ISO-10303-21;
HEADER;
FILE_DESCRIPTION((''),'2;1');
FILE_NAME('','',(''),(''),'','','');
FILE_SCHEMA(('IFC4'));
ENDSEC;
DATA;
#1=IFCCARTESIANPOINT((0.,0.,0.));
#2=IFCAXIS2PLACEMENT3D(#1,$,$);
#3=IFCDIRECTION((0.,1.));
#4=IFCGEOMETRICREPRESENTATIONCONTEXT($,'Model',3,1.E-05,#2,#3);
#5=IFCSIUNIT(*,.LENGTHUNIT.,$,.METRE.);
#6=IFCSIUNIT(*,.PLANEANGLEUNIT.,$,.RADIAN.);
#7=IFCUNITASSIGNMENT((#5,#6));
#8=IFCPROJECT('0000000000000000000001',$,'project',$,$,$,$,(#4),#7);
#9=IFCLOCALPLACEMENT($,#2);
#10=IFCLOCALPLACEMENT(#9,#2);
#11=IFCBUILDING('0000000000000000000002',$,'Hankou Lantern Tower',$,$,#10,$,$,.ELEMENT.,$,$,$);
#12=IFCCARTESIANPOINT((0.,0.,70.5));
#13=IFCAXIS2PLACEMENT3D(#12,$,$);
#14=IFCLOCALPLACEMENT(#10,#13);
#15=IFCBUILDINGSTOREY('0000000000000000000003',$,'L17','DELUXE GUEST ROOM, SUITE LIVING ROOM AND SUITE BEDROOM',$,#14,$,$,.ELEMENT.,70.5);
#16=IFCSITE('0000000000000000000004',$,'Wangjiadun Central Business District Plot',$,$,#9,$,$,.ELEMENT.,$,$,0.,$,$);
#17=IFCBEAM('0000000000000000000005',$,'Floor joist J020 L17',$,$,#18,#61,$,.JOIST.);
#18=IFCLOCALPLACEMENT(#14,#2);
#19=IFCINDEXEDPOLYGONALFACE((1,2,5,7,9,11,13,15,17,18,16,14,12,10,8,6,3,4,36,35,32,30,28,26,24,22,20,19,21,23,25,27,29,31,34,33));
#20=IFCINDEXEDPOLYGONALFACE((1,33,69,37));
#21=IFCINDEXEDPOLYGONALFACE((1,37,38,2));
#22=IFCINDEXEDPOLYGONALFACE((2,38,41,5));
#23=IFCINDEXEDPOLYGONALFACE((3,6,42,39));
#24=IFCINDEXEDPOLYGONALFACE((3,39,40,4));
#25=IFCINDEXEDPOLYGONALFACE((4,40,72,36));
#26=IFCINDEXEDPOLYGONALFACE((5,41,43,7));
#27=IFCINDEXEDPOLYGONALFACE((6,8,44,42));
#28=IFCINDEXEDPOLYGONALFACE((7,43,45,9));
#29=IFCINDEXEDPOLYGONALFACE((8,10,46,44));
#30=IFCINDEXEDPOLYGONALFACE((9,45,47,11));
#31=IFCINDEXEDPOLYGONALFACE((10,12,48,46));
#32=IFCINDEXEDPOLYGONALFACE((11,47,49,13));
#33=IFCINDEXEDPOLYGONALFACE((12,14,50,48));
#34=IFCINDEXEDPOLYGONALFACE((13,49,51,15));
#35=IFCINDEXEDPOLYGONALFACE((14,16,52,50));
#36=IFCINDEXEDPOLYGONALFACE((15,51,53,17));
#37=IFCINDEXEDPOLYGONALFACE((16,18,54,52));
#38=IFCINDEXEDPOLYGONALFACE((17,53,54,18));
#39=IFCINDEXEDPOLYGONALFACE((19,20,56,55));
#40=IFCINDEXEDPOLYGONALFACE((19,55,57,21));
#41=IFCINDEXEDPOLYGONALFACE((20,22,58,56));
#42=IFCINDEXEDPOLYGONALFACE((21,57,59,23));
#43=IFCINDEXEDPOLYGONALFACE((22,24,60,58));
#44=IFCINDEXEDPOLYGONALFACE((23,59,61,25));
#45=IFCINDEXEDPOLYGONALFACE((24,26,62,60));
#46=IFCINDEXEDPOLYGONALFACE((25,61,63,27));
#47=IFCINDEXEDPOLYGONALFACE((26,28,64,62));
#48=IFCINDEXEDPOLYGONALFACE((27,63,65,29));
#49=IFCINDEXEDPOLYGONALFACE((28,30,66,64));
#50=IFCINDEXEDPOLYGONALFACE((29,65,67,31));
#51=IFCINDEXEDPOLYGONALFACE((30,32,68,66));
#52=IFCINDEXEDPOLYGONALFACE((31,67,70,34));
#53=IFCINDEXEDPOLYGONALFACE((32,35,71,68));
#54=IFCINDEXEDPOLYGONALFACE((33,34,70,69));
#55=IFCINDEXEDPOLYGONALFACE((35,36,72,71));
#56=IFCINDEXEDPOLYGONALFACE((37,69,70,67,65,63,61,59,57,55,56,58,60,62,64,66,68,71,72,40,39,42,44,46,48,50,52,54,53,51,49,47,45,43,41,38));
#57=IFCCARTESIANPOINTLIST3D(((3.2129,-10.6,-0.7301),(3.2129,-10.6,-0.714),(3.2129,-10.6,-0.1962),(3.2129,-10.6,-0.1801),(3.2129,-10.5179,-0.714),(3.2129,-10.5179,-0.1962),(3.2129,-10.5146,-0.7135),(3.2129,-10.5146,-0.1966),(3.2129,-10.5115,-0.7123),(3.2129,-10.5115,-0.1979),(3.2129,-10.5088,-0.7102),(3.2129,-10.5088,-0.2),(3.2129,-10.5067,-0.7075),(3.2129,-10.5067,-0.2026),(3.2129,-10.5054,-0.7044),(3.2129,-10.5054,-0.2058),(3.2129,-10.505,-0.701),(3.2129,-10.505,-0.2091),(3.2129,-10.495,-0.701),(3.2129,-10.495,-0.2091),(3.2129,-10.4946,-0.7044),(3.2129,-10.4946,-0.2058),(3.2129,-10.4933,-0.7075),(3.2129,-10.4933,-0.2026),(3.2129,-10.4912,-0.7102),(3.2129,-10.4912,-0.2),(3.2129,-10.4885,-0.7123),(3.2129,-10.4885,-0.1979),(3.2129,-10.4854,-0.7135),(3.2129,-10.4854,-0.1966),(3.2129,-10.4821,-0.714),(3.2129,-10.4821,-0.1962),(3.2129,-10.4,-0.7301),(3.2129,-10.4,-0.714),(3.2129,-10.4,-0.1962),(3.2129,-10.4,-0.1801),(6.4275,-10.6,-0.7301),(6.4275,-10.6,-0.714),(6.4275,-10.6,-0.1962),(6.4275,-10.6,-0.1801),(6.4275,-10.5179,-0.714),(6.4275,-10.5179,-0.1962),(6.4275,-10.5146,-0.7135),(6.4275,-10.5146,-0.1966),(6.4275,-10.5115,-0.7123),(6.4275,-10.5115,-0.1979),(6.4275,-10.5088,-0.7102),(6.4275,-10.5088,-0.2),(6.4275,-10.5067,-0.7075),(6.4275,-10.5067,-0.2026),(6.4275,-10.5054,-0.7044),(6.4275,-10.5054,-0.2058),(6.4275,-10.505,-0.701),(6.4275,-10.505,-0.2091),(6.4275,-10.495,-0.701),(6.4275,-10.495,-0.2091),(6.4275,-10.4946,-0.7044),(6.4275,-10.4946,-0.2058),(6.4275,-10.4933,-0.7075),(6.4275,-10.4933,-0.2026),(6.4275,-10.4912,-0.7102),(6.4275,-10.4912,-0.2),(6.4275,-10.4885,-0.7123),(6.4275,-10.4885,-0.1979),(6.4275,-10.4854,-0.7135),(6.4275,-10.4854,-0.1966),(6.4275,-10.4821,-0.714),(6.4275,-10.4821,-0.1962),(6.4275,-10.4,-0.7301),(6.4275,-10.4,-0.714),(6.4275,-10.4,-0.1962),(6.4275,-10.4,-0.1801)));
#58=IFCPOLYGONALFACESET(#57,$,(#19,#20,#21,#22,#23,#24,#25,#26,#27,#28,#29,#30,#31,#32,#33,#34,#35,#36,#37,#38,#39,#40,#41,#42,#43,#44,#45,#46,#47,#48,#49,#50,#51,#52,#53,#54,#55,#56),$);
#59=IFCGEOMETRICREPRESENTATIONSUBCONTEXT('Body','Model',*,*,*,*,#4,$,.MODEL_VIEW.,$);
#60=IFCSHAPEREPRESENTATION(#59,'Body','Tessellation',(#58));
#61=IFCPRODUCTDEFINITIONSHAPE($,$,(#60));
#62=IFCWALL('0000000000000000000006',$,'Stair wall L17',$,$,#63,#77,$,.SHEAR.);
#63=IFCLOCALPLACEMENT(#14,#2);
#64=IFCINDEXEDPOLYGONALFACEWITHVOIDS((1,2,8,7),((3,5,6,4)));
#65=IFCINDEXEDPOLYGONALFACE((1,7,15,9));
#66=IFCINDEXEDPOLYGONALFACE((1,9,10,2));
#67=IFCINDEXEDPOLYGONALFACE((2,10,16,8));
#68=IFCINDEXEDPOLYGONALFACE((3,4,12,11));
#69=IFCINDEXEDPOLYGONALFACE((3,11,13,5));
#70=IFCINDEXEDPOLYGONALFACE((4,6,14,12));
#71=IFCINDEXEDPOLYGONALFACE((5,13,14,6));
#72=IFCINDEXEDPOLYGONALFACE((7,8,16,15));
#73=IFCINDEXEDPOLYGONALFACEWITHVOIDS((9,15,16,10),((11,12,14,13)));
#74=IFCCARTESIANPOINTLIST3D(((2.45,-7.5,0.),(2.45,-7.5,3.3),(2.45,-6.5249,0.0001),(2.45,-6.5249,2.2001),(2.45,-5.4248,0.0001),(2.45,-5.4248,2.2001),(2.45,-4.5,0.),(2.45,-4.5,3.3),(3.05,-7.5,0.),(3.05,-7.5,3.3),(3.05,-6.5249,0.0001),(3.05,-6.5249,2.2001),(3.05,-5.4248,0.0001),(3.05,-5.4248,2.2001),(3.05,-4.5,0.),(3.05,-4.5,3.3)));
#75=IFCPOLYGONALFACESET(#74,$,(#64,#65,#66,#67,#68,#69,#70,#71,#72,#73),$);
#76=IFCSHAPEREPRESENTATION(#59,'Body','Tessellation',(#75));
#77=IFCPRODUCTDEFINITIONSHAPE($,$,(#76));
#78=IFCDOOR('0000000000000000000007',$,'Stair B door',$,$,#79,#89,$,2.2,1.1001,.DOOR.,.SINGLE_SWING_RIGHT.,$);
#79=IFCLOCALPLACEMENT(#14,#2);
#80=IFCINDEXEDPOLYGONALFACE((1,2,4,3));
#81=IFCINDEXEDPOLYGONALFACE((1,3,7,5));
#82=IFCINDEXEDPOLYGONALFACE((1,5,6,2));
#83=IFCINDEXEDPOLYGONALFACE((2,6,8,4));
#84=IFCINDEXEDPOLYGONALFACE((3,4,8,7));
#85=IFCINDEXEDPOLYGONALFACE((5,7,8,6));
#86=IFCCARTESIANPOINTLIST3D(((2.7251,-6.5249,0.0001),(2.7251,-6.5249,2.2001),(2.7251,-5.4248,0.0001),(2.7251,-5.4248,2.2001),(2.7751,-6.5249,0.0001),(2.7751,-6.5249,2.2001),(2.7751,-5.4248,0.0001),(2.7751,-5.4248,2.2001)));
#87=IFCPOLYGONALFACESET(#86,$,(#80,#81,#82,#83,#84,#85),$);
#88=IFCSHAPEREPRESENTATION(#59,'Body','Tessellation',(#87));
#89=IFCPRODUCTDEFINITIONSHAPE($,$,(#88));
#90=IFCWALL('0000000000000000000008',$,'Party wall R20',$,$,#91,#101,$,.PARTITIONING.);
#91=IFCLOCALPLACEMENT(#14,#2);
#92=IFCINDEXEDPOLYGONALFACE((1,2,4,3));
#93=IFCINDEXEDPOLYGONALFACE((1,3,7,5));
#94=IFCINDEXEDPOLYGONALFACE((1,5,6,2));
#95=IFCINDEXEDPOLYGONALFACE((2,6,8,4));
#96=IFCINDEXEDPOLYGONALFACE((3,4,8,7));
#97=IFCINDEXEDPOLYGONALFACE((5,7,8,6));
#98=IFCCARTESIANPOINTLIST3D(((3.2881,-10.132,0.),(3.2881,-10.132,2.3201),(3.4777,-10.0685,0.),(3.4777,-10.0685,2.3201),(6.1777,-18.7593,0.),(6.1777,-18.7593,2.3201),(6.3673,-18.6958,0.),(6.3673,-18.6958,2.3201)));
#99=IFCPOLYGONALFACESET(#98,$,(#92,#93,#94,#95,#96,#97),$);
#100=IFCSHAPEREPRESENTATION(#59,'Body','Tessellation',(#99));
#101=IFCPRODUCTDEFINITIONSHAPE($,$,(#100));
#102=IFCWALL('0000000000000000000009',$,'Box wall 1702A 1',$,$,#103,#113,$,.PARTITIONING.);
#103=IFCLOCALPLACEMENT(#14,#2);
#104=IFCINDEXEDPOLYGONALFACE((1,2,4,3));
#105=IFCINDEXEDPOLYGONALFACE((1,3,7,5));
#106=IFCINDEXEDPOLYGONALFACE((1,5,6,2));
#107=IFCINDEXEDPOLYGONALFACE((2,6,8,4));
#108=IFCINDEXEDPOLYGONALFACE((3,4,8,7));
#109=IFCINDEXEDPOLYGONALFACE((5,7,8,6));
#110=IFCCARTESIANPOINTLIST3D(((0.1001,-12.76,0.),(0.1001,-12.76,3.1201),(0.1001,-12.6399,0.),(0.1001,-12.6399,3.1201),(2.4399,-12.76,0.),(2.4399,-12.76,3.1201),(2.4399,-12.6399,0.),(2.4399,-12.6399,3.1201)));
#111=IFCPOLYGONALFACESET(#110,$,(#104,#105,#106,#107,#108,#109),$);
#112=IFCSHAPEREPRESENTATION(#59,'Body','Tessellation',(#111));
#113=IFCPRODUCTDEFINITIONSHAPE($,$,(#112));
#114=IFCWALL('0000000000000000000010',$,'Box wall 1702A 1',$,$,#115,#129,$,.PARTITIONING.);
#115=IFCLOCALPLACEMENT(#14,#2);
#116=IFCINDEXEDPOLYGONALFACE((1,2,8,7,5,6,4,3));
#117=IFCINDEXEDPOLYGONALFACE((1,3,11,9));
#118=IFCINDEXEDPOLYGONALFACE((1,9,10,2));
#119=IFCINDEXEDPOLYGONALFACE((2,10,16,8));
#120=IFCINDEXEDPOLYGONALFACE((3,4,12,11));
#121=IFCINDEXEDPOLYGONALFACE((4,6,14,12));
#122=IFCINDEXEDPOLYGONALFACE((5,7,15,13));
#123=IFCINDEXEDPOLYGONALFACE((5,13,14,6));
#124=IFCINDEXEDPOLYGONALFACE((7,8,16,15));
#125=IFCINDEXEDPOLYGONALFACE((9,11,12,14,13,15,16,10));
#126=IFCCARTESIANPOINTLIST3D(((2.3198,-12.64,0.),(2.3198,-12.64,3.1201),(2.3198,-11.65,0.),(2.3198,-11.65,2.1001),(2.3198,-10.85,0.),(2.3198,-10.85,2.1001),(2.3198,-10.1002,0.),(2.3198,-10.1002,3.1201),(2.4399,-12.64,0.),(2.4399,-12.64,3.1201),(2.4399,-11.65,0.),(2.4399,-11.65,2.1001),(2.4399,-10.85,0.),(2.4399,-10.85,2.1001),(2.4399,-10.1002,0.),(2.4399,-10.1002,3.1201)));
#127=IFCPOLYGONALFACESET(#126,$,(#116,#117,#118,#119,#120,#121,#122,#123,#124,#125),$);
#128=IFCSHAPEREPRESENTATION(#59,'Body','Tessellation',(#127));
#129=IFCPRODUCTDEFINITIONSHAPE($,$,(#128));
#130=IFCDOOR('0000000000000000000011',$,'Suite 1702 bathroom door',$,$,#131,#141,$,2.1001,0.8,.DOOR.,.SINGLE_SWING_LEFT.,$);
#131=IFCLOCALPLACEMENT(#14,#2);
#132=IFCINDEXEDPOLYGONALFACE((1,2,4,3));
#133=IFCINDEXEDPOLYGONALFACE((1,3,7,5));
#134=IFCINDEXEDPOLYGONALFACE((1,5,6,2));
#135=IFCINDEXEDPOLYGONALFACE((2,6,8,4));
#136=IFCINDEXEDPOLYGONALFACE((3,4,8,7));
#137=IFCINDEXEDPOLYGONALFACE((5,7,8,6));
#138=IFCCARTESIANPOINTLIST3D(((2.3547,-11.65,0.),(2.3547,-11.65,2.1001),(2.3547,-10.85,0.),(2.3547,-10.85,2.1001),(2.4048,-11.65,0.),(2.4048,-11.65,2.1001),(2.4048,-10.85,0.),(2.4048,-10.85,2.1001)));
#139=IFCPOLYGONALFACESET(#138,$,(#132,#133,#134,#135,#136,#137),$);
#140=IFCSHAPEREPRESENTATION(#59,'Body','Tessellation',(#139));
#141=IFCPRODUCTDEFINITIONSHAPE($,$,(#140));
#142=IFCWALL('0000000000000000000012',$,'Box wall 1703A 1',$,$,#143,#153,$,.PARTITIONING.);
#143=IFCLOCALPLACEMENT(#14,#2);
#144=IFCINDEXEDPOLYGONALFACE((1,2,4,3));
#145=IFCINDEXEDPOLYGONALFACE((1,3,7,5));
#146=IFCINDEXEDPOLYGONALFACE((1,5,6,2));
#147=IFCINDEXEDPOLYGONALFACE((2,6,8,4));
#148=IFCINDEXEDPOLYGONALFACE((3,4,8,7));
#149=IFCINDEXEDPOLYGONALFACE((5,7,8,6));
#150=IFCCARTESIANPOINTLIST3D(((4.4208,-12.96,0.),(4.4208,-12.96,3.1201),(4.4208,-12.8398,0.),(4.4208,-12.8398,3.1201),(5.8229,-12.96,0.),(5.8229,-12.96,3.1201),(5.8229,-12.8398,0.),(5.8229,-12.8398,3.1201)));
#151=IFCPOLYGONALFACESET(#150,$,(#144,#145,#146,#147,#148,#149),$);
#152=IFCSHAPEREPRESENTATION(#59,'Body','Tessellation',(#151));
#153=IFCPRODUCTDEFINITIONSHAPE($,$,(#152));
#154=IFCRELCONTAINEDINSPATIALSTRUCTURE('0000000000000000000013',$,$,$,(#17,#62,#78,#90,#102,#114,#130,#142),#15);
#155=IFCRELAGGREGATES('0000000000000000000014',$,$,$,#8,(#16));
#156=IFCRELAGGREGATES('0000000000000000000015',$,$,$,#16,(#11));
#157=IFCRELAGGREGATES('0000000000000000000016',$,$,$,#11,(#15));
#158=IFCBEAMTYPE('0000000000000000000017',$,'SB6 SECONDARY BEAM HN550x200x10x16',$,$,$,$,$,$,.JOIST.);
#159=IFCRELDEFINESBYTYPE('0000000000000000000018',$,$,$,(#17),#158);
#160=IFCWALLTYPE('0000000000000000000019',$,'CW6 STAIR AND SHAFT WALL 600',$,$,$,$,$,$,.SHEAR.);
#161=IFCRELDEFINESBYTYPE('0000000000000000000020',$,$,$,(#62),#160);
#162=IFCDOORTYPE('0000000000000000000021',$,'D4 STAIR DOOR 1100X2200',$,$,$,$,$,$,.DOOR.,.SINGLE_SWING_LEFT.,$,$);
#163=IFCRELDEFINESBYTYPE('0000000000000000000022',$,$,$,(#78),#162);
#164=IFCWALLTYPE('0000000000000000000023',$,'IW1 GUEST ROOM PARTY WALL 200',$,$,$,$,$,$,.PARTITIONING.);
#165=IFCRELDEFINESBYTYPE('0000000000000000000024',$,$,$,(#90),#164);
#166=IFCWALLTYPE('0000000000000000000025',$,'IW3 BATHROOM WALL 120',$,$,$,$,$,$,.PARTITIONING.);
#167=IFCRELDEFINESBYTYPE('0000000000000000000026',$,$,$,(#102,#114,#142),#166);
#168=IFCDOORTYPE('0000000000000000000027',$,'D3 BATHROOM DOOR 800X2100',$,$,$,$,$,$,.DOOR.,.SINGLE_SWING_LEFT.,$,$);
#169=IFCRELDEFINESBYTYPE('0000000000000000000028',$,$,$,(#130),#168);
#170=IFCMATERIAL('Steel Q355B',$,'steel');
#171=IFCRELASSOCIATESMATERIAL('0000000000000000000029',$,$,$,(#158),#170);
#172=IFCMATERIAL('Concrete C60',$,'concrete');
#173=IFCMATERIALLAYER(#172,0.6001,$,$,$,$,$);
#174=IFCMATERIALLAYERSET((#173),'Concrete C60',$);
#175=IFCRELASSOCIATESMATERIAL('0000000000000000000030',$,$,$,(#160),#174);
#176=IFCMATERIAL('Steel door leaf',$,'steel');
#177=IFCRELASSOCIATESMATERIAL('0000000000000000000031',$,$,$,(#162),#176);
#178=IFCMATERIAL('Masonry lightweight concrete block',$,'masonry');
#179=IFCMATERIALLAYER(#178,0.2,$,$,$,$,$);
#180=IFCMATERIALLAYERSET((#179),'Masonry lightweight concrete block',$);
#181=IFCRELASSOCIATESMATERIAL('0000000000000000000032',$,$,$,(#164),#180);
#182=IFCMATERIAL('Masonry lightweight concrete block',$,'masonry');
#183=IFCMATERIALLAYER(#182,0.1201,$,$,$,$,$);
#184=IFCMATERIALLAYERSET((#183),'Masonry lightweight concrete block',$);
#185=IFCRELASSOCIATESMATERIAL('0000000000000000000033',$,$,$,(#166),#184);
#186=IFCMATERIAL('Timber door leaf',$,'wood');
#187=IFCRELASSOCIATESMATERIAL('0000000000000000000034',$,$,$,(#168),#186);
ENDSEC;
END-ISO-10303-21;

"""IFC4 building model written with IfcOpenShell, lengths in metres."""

from ifc_helpers import new_model, si_unit, direction, frame, frame_2d, origin, origin_2d, place, context, subcontext, project, spatial, rectangle, i_section, extrude, material, layer, layer_set, material_profile, profile_set, type_object, element, fill, save


model = new_model("IFC4")

# Units and contexts
model_context = context("Model", 3, precision=1e-05, world=origin(), true_north=direction((0.0, 1.0)))
body_context = subcontext(model_context, "Body", "Model", "MODEL_VIEW")
ifc_project = project(units=[si_unit("LENGTHUNIT", "METRE"), si_unit("PLANEANGLEUNIT", "RADIAN")], contexts=[model_context])

# Site, building, storey
site_placement = place(None, origin())
site = spatial("IfcSite", under=ifc_project, at=site_placement, Name="Wangjiadun Central Business District Plot", CompositionType="ELEMENT", RefElevation=0.0)
building_placement = place(site_placement, origin())
building = spatial("IfcBuilding", under=site, at=building_placement, Name="Hankou Lantern Tower", CompositionType="ELEMENT")
storey_placement = place(building_placement, frame((0.0, 0.0, 70.5)))
storey = spatial("IfcBuildingStorey", under=building, at=storey_placement, Name="L17", Description="DELUXE GUEST ROOM, SUITE LIVING ROOM AND SUITE BEDROOM", CompositionType="ELEMENT", Elevation=70.5)

# Beam
ifc_material_1 = material(Name="Steel Q355B", Category="steel")
ifc_material_profile_1 = material_profile(ifc_material_1, i_section(OverallWidth=0.2, OverallDepth=0.55, WebThickness=0.01, FlangeThickness=0.0161, FilletRadius=0.0129, at=origin_2d()), Name="HN550x200x10x16")
ifc_profile_set_1 = profile_set([ifc_material_profile_1], Name="Steel Q355B")
beam_type_1 = type_object("IfcBeamType", Name="SB6 SECONDARY BEAM HN550x200x10x16", PredefinedType="JOIST", material=ifc_profile_set_1)
beam_1_placement = place(storey_placement, frame((3.2129, -10.5, -0.4551), z_axis=(1.0, 0.0, 0.0), x_axis=(0.0, 1.0, 0.0)))
element("IfcBeam", 1, at=beam_1_placement, inside=storey, type_object=beam_type_1, Name="Floor joist J020 L17", PredefinedType="JOIST", context=body_context, shape_type="SweptSolid", body=[
    extrude(i_section(OverallWidth=0.2, OverallDepth=0.55, WebThickness=0.01, FlangeThickness=0.0161, FilletRadius=0.0129, at=origin_2d()), origin(), (0.0, 0.0, 1.0), 3.2146),
])

# Wall, opening, door
ifc_material_2 = material(Name="Concrete C60", Category="concrete")
ifc_layer_1 = layer(ifc_material_2, 0.6001)
ifc_layer_set_1 = layer_set([ifc_layer_1], Name="Concrete C60")
wall_type_1 = type_object("IfcWallType", Name="CW6 STAIR AND SHAFT WALL 600", PredefinedType="SHEAR", material=ifc_layer_set_1)
wall_1_placement = place(storey_placement, frame((2.75, -7.5, 0.0), z_axis=(0.0, 0.0, 1.0), x_axis=(0.0, 1.0, 0.0)))
wall_1 = element("IfcWall", 2, at=wall_1_placement, inside=storey, type_object=wall_type_1, Name="Stair wall L17", PredefinedType="SHEAR", context=body_context, shape_type="SweptSolid", body=[
    extrude(rectangle(XDim=3.0, YDim=0.6001, at=frame_2d((1.5, 0.0))), origin(), (0.0, 0.0, 1.0), 3.3),
])
opening_1_placement = place(wall_1_placement, frame((0.9751, 0.0, 0.0)))
opening_1 = element("IfcOpeningElement", 3, at=opening_1_placement, cuts=wall_1, PredefinedType="OPENING", context=body_context, shape_type="SweptSolid", body=[
    extrude(rectangle(XDim=1.1001, YDim=2.2, at=frame_2d((0.55, 1.1001))), frame((0.0, 0.3101, 0.0), z_axis=(0.0, -1.0, 0.0), x_axis=(1.0, 0.0, 0.0)), (0.0, 0.0, 1.0), 0.6201),
])
ifc_material_3 = material(Name="Steel door leaf", Category="steel")
door_type_1 = type_object("IfcDoorType", Name="D4 STAIR DOOR 1100X2200", OperationType="SINGLE_SWING_LEFT", PredefinedType="DOOR", material=ifc_material_3)
door_1_placement = place(opening_1_placement, origin())
door_1 = element("IfcDoor", 4, at=door_1_placement, inside=storey, type_object=door_type_1, Name="Stair B door", OperationType="SINGLE_SWING_RIGHT", OverallHeight=2.2, OverallWidth=1.1001, PredefinedType="DOOR", context=body_context, shape_type="SweptSolid", body=[
    extrude(rectangle(XDim=1.1001, YDim=2.2, at=frame_2d((0.55, 1.1001))), frame((0.0, 0.0249, 0.0), z_axis=(0.0, -1.0, 0.0), x_axis=(1.0, 0.0, 0.0)), (0.0, 0.0, 1.0), 0.05),
])
fill(opening_1, door_1)

# Walls
ifc_material_4 = material(Name="Masonry lightweight concrete block", Category="masonry")
ifc_layer_2 = layer(ifc_material_4, 0.2)
ifc_layer_set_2 = layer_set([ifc_layer_2], Name="Masonry lightweight concrete block")
wall_type_2 = type_object("IfcWallType", Name="IW1 GUEST ROOM PARTY WALL 200", PredefinedType="PARTITIONING", material=ifc_layer_set_2)
wall_2_placement = place(storey_placement, frame((3.3828, -10.1001, 0.0), z_axis=(0.0, 0.0, 1.0), x_axis=(0.317596, -0.948226, 0.0)))
element("IfcWall", 5, at=wall_2_placement, inside=storey, type_object=wall_type_2, Name="Party wall R20", PredefinedType="PARTITIONING", context=body_context, shape_type="SweptSolid", body=[
    extrude(rectangle(XDim=9.0984, YDim=0.2, at=frame_2d((4.5493, 0.0))), origin(), (0.0, 0.0, 1.0), 2.3201),
])
ifc_material_5 = material(Name="Masonry lightweight concrete block", Category="masonry")
ifc_layer_3 = layer(ifc_material_5, 0.1201)
ifc_layer_set_3 = layer_set([ifc_layer_3], Name="Masonry lightweight concrete block")
wall_type_3 = type_object("IfcWallType", Name="IW3 BATHROOM WALL 120", PredefinedType="PARTITIONING", material=ifc_layer_set_3)
wall_3_placement = place(storey_placement, frame((0.1001, -12.7, 0.0), z_axis=(0.0, 0.0, 1.0), x_axis=(1.0, 0.0, 0.0)))
element("IfcWall", 6, at=wall_3_placement, inside=storey, type_object=wall_type_3, Name="Box wall 1702A 1", PredefinedType="PARTITIONING", context=body_context, shape_type="SweptSolid", body=[
    extrude(rectangle(XDim=2.3398, YDim=0.1201, at=frame_2d((1.1699, 0.0))), origin(), (0.0, 0.0, 1.0), 3.1201),
])

# Wall, opening, door
wall_4_placement = place(storey_placement, frame((2.3799, -10.1001, 0.0), z_axis=(0.0, 0.0, 1.0), x_axis=(0.0, -1.0, 0.0)))
wall_4 = element("IfcWall", 7, at=wall_4_placement, inside=storey, type_object=wall_type_3, Name="Box wall 1702A 1", PredefinedType="PARTITIONING", context=body_context, shape_type="SweptSolid", body=[
    extrude(rectangle(XDim=2.5398, YDim=0.1201, at=frame_2d((1.27, 0.0))), origin(), (0.0, 0.0, 1.0), 3.1201),
])
opening_2_placement = place(wall_4_placement, frame((0.75, 0.0, 0.0)))
opening_2 = element("IfcOpeningElement", 8, at=opening_2_placement, cuts=wall_4, PredefinedType="OPENING", context=body_context, shape_type="SweptSolid", body=[
    extrude(rectangle(XDim=0.8, YDim=2.1001, at=frame_2d((0.3999, 1.05))), frame((0.0, 0.0701, 0.0), z_axis=(0.0, -1.0, 0.0), x_axis=(1.0, 0.0, 0.0)), (0.0, 0.0, 1.0), 0.1401),
])
ifc_material_6 = material(Name="Timber door leaf", Category="wood")
door_type_2 = type_object("IfcDoorType", Name="D3 BATHROOM DOOR 800X2100", OperationType="SINGLE_SWING_LEFT", PredefinedType="DOOR", material=ifc_material_6)
door_2_placement = place(opening_2_placement, origin())
door_2 = element("IfcDoor", 9, at=door_2_placement, inside=storey, type_object=door_type_2, Name="Suite 1702 bathroom door", OperationType="SINGLE_SWING_LEFT", OverallHeight=2.1001, OverallWidth=0.8, PredefinedType="DOOR", context=body_context, shape_type="SweptSolid", body=[
    extrude(rectangle(XDim=0.8, YDim=2.1001, at=frame_2d((0.3999, 1.05))), frame((0.0, 0.0249, 0.0), z_axis=(0.0, -1.0, 0.0), x_axis=(1.0, 0.0, 0.0)), (0.0, 0.0, 1.0), 0.05),
])
fill(opening_2, door_2)

# Wall
wall_5_placement = place(storey_placement, frame((4.4207, -12.8999, 0.0), z_axis=(0.0, 0.0, 1.0), x_axis=(1.0, 0.0, 0.0)))
element("IfcWall", 10, at=wall_5_placement, inside=storey, type_object=wall_type_3, Name="Box wall 1703A 1", PredefinedType="PARTITIONING", context=body_context, shape_type="SweptSolid", body=[
    extrude(rectangle(XDim=1.4021, YDim=0.1201, at=frame_2d((0.7012, 0.0))), origin(), (0.0, 0.0, 1.0), 3.1201),
])

save(model, "model.ifc")
